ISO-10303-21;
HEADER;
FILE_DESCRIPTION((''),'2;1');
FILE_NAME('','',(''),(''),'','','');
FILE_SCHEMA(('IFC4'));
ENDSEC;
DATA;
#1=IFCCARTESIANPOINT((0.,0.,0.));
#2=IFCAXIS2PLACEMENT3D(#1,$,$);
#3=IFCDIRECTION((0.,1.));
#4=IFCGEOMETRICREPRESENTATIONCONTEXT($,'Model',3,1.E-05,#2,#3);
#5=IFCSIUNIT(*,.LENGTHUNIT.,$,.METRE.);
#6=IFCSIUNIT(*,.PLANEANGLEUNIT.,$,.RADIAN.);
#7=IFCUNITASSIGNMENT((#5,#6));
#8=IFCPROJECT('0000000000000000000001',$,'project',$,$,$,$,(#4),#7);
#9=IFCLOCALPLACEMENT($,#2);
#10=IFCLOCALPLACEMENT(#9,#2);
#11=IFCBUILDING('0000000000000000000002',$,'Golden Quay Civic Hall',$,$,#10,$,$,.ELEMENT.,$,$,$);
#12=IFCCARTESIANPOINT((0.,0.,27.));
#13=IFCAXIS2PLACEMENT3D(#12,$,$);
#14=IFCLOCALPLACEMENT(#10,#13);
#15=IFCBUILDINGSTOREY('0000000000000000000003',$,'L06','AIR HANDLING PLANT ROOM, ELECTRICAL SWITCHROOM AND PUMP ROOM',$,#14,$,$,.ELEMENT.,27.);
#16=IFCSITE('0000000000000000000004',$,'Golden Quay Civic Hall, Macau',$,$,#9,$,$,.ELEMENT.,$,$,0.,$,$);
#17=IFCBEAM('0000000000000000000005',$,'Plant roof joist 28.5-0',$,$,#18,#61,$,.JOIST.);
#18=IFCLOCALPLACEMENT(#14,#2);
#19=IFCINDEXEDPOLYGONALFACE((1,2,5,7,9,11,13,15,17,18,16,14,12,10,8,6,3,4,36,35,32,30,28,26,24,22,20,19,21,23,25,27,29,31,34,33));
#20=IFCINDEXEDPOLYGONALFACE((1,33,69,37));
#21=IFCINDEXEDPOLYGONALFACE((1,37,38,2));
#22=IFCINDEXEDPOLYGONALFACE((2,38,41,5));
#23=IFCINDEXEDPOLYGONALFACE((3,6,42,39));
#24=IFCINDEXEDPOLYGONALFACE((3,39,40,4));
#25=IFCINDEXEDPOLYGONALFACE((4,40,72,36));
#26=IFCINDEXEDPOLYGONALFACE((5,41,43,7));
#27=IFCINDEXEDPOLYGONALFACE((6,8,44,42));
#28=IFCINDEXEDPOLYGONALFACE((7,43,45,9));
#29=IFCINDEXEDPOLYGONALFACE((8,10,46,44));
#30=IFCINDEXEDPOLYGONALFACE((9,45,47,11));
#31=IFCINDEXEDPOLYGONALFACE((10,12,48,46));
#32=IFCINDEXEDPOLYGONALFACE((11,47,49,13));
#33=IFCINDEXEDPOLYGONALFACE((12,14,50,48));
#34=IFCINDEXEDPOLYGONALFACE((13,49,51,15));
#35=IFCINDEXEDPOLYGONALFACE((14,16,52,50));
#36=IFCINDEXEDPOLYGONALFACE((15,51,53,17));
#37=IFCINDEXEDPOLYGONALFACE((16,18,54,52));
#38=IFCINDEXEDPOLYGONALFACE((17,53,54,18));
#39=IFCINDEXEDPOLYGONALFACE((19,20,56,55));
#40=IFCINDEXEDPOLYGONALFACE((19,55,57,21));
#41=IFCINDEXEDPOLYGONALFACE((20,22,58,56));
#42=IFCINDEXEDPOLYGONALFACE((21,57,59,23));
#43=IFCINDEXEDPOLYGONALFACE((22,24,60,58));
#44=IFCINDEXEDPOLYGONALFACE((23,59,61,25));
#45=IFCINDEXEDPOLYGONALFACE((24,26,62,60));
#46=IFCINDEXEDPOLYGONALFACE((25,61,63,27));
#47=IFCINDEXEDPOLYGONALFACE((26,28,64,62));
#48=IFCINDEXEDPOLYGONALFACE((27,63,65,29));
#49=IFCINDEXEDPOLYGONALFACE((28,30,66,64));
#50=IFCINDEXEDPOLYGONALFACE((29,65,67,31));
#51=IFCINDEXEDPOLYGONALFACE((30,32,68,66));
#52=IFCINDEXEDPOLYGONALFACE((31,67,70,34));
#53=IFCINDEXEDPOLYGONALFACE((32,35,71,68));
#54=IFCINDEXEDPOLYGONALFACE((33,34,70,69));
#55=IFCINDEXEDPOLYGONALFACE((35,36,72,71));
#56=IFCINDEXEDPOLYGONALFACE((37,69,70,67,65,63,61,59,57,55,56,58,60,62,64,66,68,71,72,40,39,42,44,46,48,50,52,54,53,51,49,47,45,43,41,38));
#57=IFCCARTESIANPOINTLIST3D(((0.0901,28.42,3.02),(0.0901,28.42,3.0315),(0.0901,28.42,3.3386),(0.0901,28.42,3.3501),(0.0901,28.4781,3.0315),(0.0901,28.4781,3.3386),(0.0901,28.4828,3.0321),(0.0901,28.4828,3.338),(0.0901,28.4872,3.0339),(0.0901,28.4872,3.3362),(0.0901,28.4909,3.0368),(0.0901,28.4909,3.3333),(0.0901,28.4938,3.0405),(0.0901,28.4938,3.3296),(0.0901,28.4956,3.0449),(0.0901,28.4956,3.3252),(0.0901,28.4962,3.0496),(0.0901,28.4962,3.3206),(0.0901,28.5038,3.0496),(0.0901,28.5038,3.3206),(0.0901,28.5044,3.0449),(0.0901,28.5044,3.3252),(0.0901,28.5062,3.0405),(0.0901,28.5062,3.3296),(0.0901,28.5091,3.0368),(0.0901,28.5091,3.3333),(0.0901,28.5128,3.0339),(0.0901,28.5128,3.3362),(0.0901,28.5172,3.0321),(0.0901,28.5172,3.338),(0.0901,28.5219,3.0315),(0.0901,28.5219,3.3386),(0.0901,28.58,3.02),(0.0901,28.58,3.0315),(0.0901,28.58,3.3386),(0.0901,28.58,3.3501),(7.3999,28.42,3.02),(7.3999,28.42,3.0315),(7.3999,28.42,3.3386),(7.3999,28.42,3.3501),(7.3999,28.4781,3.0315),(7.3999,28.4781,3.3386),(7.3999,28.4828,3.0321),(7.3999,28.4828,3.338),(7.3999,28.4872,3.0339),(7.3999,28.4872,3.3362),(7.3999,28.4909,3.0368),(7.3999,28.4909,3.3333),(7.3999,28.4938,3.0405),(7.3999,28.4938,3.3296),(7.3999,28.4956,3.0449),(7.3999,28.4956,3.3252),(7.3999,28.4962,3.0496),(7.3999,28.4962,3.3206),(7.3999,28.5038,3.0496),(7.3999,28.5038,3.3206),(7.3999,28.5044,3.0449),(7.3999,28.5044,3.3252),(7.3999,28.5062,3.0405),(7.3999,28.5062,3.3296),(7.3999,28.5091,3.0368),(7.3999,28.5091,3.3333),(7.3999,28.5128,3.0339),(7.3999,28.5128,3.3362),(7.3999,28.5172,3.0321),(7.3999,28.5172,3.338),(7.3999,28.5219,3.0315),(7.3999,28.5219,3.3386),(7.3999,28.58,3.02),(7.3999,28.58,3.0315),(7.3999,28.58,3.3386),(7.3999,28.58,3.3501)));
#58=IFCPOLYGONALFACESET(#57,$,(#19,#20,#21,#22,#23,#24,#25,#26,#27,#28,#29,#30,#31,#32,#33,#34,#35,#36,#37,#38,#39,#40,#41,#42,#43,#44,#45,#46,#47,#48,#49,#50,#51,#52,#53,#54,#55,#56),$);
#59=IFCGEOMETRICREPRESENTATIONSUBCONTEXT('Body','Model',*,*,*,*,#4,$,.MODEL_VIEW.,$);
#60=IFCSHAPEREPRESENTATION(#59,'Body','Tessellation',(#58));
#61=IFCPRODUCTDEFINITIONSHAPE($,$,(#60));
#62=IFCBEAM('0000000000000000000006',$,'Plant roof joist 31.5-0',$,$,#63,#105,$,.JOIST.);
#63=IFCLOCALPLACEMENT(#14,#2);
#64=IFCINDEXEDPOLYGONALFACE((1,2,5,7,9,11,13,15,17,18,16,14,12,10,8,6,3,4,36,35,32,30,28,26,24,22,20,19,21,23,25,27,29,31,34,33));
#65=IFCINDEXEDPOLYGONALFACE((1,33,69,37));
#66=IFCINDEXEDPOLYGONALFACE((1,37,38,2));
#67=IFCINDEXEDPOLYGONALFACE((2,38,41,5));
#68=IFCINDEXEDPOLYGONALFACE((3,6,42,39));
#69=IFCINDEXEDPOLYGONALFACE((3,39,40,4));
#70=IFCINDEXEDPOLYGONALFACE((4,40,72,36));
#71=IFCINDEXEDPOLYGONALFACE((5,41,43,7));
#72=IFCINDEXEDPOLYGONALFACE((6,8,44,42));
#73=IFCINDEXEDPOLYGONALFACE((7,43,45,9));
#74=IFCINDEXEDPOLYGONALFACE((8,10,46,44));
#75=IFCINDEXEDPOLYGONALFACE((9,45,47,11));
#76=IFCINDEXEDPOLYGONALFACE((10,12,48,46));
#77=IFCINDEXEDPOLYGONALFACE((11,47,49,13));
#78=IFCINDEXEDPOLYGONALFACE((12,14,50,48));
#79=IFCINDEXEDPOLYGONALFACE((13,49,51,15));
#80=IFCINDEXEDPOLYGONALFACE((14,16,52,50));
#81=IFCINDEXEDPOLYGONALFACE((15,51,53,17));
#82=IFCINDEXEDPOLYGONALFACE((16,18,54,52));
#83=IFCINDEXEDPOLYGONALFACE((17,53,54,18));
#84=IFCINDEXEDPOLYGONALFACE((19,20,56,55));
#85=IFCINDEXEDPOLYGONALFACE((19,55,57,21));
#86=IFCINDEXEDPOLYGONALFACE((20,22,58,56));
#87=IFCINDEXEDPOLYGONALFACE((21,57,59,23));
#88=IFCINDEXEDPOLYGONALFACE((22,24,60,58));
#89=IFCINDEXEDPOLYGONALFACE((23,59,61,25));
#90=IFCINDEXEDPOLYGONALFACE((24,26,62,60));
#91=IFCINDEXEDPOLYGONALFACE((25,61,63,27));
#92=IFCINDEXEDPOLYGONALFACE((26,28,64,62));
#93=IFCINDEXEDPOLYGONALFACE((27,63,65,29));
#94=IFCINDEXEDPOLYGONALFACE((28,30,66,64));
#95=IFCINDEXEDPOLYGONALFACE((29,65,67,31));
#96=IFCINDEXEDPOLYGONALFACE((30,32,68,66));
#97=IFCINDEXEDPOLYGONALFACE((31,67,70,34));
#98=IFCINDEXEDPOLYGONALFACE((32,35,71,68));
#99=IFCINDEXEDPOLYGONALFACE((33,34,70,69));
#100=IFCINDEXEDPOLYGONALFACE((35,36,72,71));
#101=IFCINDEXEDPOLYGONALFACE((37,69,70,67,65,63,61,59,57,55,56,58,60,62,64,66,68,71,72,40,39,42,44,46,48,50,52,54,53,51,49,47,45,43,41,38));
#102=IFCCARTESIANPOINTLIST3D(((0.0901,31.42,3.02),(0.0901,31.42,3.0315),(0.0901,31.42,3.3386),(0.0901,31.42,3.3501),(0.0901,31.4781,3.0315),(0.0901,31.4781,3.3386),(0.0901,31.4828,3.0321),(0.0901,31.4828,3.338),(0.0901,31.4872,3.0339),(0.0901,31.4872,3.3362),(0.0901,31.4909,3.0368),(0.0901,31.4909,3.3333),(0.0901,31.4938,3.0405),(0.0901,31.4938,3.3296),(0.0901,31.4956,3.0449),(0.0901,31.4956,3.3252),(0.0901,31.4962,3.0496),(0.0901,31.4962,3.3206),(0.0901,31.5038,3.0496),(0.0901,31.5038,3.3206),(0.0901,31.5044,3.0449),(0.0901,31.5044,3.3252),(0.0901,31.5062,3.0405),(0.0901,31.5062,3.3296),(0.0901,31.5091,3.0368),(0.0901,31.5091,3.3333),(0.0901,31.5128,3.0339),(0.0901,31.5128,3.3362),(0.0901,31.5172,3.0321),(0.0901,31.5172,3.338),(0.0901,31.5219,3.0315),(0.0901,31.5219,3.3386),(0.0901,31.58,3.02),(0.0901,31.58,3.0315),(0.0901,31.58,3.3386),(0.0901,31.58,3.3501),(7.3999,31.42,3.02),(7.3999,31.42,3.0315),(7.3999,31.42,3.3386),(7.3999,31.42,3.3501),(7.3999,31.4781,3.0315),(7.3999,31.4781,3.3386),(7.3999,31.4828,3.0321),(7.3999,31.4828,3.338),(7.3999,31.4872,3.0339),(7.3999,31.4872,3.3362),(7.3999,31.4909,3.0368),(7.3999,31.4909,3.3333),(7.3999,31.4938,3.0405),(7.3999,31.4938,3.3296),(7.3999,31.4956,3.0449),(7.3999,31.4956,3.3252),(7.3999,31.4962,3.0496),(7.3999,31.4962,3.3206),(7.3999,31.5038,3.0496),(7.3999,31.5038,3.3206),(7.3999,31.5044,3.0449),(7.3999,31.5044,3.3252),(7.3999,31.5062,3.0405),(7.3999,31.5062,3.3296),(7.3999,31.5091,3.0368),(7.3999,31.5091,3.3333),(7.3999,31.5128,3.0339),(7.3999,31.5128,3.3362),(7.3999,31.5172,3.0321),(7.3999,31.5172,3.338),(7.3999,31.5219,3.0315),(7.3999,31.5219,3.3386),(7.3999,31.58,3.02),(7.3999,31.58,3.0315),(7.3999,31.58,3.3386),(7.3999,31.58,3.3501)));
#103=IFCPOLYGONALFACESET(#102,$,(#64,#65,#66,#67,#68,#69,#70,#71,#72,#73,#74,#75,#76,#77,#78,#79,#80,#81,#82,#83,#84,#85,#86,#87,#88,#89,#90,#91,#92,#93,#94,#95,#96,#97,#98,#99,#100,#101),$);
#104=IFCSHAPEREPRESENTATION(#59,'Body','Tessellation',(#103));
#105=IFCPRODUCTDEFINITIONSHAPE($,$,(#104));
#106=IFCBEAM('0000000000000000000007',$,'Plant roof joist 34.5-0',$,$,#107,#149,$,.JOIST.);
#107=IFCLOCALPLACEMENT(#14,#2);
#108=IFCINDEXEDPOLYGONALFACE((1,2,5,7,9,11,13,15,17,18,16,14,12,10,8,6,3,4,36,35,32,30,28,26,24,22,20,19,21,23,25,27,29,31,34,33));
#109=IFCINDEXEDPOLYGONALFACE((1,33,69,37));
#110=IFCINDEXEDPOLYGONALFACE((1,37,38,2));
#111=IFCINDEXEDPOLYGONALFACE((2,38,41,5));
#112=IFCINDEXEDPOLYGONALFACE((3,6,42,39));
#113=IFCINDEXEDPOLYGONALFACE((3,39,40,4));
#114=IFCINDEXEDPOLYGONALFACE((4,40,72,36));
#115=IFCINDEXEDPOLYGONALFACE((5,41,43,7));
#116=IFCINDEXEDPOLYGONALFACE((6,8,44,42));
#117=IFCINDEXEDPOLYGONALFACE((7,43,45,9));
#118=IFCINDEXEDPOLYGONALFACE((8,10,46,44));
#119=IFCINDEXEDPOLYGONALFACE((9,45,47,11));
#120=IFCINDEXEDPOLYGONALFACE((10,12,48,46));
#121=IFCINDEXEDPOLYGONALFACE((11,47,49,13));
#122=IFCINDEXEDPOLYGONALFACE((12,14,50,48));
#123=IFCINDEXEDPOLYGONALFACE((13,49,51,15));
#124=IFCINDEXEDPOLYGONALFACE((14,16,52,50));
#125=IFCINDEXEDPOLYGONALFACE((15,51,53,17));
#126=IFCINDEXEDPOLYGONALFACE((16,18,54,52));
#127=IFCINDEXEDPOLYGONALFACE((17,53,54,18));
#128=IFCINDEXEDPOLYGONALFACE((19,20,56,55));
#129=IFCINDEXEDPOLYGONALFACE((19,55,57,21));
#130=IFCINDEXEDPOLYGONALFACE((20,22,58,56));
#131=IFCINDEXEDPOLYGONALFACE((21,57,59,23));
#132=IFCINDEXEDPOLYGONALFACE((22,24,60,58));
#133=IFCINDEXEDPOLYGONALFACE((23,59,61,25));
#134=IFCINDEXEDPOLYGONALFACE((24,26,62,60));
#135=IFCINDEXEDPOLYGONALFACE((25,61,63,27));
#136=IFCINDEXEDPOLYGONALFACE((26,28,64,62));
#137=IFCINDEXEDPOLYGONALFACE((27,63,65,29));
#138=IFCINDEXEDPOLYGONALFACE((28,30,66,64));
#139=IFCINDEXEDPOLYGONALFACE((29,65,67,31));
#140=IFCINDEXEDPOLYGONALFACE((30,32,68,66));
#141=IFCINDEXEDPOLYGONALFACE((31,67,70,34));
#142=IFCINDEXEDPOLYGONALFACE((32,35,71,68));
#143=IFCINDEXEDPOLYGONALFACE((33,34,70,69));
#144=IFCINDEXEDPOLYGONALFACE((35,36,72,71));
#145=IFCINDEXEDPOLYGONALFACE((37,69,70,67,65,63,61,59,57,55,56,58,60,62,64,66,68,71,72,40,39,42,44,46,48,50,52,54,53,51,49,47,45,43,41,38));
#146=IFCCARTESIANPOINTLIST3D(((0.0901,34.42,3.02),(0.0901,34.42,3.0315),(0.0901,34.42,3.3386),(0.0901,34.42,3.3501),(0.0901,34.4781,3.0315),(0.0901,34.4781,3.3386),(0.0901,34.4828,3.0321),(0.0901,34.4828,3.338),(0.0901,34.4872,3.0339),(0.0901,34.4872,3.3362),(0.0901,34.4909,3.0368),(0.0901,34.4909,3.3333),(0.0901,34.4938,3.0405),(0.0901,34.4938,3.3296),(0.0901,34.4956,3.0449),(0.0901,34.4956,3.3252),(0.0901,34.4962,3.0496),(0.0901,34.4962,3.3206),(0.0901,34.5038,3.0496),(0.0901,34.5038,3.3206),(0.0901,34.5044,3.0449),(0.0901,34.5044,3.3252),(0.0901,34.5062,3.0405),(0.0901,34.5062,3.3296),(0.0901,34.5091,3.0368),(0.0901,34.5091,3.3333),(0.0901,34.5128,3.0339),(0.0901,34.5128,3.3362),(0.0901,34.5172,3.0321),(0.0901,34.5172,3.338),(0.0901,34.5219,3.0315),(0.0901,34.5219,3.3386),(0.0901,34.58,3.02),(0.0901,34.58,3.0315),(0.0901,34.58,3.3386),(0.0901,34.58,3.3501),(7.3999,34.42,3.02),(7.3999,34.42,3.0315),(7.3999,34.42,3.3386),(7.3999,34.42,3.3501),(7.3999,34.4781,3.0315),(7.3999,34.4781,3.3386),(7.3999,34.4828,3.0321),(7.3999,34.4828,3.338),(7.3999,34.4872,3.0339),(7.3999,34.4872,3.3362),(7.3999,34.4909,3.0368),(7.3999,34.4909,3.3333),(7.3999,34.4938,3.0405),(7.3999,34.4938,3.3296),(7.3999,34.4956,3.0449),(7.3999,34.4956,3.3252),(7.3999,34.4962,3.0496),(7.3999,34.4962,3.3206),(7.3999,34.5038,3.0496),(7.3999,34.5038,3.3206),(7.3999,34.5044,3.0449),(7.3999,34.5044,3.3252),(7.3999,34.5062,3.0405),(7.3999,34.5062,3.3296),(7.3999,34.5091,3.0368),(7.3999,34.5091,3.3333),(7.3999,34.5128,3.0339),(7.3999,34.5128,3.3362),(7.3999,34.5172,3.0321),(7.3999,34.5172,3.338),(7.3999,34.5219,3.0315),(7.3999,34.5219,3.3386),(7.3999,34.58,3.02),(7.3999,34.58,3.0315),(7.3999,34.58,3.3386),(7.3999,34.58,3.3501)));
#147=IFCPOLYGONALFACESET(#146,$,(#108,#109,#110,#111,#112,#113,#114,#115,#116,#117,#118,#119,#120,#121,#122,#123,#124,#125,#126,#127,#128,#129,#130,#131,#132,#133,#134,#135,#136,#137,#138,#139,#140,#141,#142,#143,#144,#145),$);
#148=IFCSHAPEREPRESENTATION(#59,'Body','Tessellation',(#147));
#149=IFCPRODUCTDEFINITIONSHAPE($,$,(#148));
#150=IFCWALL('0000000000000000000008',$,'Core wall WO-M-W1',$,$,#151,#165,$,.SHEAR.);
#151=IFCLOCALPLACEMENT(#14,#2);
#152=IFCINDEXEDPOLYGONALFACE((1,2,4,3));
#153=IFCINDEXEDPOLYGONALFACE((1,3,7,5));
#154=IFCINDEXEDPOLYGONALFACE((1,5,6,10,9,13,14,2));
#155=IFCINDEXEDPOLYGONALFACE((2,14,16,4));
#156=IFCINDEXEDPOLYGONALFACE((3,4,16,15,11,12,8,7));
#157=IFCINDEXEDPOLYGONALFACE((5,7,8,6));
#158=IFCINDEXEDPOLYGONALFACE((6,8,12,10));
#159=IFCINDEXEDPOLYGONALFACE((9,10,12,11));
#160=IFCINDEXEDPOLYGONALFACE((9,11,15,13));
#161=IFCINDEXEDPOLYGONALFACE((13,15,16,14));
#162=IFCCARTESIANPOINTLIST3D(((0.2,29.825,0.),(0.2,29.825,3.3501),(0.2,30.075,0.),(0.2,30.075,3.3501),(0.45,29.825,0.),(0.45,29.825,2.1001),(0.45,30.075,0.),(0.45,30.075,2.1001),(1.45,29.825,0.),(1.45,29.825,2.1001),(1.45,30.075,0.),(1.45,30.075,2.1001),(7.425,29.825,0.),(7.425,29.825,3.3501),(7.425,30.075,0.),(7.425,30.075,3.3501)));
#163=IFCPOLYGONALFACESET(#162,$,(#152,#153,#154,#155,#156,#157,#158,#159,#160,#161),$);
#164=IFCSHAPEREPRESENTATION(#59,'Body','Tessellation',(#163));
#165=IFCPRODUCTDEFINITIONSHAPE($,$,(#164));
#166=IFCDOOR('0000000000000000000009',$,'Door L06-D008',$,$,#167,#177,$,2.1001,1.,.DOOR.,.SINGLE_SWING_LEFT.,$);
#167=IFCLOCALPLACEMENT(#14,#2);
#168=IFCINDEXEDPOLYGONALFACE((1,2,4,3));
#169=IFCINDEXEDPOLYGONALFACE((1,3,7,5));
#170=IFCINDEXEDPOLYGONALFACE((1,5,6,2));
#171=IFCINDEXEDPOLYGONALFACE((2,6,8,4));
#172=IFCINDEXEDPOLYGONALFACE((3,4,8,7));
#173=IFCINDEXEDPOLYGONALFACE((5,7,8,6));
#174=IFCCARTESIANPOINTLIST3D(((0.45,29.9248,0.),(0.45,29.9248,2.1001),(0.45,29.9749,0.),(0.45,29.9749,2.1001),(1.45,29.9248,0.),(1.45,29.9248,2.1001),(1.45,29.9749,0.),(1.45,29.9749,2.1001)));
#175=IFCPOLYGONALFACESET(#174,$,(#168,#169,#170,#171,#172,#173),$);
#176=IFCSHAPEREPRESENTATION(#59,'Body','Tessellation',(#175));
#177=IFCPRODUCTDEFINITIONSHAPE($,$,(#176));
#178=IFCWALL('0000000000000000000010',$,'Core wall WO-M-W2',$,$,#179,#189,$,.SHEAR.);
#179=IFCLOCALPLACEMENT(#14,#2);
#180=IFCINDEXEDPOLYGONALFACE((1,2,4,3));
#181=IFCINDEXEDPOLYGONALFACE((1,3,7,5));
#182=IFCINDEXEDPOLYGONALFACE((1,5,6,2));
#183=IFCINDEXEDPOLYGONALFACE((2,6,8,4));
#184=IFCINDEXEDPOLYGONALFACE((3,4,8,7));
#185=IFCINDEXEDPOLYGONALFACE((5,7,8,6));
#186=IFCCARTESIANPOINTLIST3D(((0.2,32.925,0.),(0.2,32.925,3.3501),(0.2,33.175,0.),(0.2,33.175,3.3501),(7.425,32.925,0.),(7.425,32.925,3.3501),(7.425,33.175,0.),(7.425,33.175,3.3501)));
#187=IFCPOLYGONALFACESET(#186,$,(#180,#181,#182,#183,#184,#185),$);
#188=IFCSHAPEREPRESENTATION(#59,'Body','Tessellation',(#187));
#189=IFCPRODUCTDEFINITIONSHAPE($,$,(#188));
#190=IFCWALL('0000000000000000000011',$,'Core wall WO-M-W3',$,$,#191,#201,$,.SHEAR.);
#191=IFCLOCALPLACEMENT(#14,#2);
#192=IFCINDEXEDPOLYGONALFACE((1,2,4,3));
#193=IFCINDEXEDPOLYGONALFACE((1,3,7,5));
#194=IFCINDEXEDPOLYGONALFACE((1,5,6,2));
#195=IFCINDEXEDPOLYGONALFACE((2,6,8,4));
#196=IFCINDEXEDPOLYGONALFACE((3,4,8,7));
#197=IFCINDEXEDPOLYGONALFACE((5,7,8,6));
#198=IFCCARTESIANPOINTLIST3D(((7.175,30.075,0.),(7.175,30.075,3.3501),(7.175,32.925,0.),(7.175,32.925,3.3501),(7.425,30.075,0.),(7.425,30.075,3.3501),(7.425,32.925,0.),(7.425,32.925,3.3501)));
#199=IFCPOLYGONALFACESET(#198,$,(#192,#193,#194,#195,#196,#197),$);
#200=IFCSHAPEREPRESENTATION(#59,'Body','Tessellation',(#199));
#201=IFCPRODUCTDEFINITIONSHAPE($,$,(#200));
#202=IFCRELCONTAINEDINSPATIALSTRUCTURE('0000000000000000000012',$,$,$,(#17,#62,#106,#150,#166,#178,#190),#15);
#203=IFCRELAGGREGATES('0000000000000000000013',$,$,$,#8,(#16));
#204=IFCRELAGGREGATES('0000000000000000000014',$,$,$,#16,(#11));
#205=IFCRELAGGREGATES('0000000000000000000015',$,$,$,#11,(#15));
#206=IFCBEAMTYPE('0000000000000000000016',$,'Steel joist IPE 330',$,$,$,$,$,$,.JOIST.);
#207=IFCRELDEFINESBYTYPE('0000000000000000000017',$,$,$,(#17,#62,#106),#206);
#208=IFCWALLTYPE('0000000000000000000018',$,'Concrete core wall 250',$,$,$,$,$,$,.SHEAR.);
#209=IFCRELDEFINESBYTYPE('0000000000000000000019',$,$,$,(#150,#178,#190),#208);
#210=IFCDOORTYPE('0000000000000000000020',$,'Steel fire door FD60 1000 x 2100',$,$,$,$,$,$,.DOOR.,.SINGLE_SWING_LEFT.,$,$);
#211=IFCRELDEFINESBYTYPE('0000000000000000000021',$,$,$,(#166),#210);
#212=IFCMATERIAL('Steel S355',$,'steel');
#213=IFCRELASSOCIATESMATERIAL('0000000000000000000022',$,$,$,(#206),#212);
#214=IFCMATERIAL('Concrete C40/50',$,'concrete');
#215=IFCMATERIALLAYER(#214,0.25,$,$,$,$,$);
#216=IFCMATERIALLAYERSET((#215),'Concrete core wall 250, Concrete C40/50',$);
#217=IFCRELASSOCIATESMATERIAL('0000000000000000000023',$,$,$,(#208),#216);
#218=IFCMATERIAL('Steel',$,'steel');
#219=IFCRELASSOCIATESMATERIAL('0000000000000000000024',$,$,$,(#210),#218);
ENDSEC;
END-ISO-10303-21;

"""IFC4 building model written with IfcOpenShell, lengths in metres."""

from ifc_helpers import new_model, si_unit, direction, frame, frame_2d, origin, origin_2d, place, context, subcontext, project, spatial, rectangle, i_section, extrude, material, layer, layer_set, material_profile, profile_set, type_object, element, fill, save


model = new_model("IFC4")

# Units and contexts
model_context = context("Model", 3, precision=1e-05, world=origin(), true_north=direction((0.0, 1.0)))
body_context = subcontext(model_context, "Body", "Model", "MODEL_VIEW")
ifc_project = project(units=[si_unit("LENGTHUNIT", "METRE"), si_unit("PLANEANGLEUNIT", "RADIAN")], contexts=[model_context])

# Site, building, storey
site_placement = place(None, origin())
site = spatial("IfcSite", under=ifc_project, at=site_placement, Name="Golden Quay Civic Hall, Macau", CompositionType="ELEMENT", RefElevation=0.0)
building_placement = place(site_placement, origin())
building = spatial("IfcBuilding", under=site, at=building_placement, Name="Golden Quay Civic Hall", CompositionType="ELEMENT")
storey_placement = place(building_placement, frame((0.0, 0.0, 27.0)))
storey = spatial("IfcBuildingStorey", under=building, at=storey_placement, Name="L06", Description="AIR HANDLING PLANT ROOM, ELECTRICAL SWITCHROOM AND PUMP ROOM", CompositionType="ELEMENT", Elevation=27.0)

# Beams
ifc_material_1 = material(Name="Steel S355", Category="steel")
ifc_material_profile_1 = material_profile(ifc_material_1, i_section(OverallWidth=0.1599, OverallDepth=0.3301, WebThickness=0.0076, FlangeThickness=0.0115, FilletRadius=0.0181, at=origin_2d()), Name="IPE 330")
ifc_profile_set_1 = profile_set([ifc_material_profile_1], Name="Steel S355")
beam_type_1 = type_object("IfcBeamType", Name="Steel joist IPE 330", PredefinedType="JOIST", material=ifc_profile_set_1)
for number, where, z_axis, x_axis, name in (
    (1, (0.0901, 28.5, 3.1851), (1.0, 0.0, 0.0), (0.0, 1.0, 0.0), "Plant roof joist 28.5-0"),
    (2, (0.0901, 31.5, 3.1851), (1.0, 0.0, 0.0), (0.0, 1.0, 0.0), "Plant roof joist 31.5-0"),
    (3, (0.0901, 34.5, 3.1851), (1.0, 0.0, 0.0), (0.0, 1.0, 0.0), "Plant roof joist 34.5-0"),
):
    element("IfcBeam", number, at=place(storey_placement, frame(where, z_axis=z_axis, x_axis=x_axis)), inside=storey, type_object=beam_type_1, Name=name, PredefinedType="JOIST", context=body_context, shape_type="SweptSolid", body=[
        extrude(i_section(OverallWidth=0.1599, OverallDepth=0.3301, WebThickness=0.0076, FlangeThickness=0.0115, FilletRadius=0.0181, at=origin_2d()), origin(), (0.0, 0.0, 1.0), 7.3098),
    ])

# Wall, opening, door
ifc_material_2 = material(Name="Concrete C40/50", Category="concrete")
ifc_layer_1 = layer(ifc_material_2, 0.25)
ifc_layer_set_1 = layer_set([ifc_layer_1], Name="Concrete core wall 250, Concrete C40/50")
wall_type_1 = type_object("IfcWallType", Name="Concrete core wall 250", PredefinedType="SHEAR", material=ifc_layer_set_1)
wall_1_placement = place(storey_placement, frame((0.2, 29.95, 0.0), z_axis=(0.0, 0.0, 1.0), x_axis=(1.0, 0.0, 0.0)))
wall_1 = element("IfcWall", 4, at=wall_1_placement, inside=storey, type_object=wall_type_1, Name="Core wall WO-M-W1", PredefinedType="SHEAR", context=body_context, shape_type="SweptSolid", body=[
    extrude(rectangle(XDim=7.2251, YDim=0.25, at=frame_2d((3.6125, 0.0))), origin(), (0.0, 0.0, 1.0), 3.3501),
])
opening_1_placement = place(wall_1_placement, frame((0.25, 0.0, 0.0)))
opening_1 = element("IfcOpeningElement", 5, at=opening_1_placement, cuts=wall_1, PredefinedType="OPENING", context=body_context, shape_type="SweptSolid", body=[
    extrude(rectangle(XDim=1.0, YDim=2.1001, at=frame_2d((0.5, 1.05))), frame((0.0, 0.135, 0.0), z_axis=(0.0, -1.0, 0.0), x_axis=(1.0, 0.0, 0.0)), (0.0, 0.0, 1.0), 0.27),
])
ifc_material_3 = material(Name="Steel", Category="steel")
door_type_1 = type_object("IfcDoorType", Name="Steel fire door FD60 1000 x 2100", OperationType="SINGLE_SWING_LEFT", PredefinedType="DOOR", material=ifc_material_3)
door_1_placement = place(opening_1_placement, origin())
door_1 = element("IfcDoor", 6, at=door_1_placement, inside=storey, type_object=door_type_1, Name="Door L06-D008", OperationType="SINGLE_SWING_LEFT", OverallHeight=2.1001, OverallWidth=1.0, PredefinedType="DOOR", context=body_context, shape_type="SweptSolid", body=[
    extrude(rectangle(XDim=1.0, YDim=2.1001, at=frame_2d((0.5, 1.05))), frame((0.0, 0.0249, 0.0), z_axis=(0.0, -1.0, 0.0), x_axis=(1.0, 0.0, 0.0)), (0.0, 0.0, 1.0), 0.05),
])
fill(opening_1, door_1)

# Walls
wall_2_placement = place(storey_placement, frame((0.2, 33.05, 0.0), z_axis=(0.0, 0.0, 1.0), x_axis=(1.0, 0.0, 0.0)))
element("IfcWall", 7, at=wall_2_placement, inside=storey, type_object=wall_type_1, Name="Core wall WO-M-W2", PredefinedType="SHEAR", context=body_context, shape_type="SweptSolid", body=[
    extrude(rectangle(XDim=7.2251, YDim=0.25, at=frame_2d((3.6125, 0.0))), origin(), (0.0, 0.0, 1.0), 3.3501),
])
wall_3_placement = place(storey_placement, frame((7.3, 30.075, 0.0), z_axis=(0.0, 0.0, 1.0), x_axis=(0.0, 1.0, 0.0)))
element("IfcWall", 8, at=wall_3_placement, inside=storey, type_object=wall_type_1, Name="Core wall WO-M-W3", PredefinedType="SHEAR", context=body_context, shape_type="SweptSolid", body=[
    extrude(rectangle(XDim=2.8501, YDim=0.25, at=frame_2d((1.425, 0.0))), origin(), (0.0, 0.0, 1.0), 3.3501),
])

save(model, "model.ifc")
